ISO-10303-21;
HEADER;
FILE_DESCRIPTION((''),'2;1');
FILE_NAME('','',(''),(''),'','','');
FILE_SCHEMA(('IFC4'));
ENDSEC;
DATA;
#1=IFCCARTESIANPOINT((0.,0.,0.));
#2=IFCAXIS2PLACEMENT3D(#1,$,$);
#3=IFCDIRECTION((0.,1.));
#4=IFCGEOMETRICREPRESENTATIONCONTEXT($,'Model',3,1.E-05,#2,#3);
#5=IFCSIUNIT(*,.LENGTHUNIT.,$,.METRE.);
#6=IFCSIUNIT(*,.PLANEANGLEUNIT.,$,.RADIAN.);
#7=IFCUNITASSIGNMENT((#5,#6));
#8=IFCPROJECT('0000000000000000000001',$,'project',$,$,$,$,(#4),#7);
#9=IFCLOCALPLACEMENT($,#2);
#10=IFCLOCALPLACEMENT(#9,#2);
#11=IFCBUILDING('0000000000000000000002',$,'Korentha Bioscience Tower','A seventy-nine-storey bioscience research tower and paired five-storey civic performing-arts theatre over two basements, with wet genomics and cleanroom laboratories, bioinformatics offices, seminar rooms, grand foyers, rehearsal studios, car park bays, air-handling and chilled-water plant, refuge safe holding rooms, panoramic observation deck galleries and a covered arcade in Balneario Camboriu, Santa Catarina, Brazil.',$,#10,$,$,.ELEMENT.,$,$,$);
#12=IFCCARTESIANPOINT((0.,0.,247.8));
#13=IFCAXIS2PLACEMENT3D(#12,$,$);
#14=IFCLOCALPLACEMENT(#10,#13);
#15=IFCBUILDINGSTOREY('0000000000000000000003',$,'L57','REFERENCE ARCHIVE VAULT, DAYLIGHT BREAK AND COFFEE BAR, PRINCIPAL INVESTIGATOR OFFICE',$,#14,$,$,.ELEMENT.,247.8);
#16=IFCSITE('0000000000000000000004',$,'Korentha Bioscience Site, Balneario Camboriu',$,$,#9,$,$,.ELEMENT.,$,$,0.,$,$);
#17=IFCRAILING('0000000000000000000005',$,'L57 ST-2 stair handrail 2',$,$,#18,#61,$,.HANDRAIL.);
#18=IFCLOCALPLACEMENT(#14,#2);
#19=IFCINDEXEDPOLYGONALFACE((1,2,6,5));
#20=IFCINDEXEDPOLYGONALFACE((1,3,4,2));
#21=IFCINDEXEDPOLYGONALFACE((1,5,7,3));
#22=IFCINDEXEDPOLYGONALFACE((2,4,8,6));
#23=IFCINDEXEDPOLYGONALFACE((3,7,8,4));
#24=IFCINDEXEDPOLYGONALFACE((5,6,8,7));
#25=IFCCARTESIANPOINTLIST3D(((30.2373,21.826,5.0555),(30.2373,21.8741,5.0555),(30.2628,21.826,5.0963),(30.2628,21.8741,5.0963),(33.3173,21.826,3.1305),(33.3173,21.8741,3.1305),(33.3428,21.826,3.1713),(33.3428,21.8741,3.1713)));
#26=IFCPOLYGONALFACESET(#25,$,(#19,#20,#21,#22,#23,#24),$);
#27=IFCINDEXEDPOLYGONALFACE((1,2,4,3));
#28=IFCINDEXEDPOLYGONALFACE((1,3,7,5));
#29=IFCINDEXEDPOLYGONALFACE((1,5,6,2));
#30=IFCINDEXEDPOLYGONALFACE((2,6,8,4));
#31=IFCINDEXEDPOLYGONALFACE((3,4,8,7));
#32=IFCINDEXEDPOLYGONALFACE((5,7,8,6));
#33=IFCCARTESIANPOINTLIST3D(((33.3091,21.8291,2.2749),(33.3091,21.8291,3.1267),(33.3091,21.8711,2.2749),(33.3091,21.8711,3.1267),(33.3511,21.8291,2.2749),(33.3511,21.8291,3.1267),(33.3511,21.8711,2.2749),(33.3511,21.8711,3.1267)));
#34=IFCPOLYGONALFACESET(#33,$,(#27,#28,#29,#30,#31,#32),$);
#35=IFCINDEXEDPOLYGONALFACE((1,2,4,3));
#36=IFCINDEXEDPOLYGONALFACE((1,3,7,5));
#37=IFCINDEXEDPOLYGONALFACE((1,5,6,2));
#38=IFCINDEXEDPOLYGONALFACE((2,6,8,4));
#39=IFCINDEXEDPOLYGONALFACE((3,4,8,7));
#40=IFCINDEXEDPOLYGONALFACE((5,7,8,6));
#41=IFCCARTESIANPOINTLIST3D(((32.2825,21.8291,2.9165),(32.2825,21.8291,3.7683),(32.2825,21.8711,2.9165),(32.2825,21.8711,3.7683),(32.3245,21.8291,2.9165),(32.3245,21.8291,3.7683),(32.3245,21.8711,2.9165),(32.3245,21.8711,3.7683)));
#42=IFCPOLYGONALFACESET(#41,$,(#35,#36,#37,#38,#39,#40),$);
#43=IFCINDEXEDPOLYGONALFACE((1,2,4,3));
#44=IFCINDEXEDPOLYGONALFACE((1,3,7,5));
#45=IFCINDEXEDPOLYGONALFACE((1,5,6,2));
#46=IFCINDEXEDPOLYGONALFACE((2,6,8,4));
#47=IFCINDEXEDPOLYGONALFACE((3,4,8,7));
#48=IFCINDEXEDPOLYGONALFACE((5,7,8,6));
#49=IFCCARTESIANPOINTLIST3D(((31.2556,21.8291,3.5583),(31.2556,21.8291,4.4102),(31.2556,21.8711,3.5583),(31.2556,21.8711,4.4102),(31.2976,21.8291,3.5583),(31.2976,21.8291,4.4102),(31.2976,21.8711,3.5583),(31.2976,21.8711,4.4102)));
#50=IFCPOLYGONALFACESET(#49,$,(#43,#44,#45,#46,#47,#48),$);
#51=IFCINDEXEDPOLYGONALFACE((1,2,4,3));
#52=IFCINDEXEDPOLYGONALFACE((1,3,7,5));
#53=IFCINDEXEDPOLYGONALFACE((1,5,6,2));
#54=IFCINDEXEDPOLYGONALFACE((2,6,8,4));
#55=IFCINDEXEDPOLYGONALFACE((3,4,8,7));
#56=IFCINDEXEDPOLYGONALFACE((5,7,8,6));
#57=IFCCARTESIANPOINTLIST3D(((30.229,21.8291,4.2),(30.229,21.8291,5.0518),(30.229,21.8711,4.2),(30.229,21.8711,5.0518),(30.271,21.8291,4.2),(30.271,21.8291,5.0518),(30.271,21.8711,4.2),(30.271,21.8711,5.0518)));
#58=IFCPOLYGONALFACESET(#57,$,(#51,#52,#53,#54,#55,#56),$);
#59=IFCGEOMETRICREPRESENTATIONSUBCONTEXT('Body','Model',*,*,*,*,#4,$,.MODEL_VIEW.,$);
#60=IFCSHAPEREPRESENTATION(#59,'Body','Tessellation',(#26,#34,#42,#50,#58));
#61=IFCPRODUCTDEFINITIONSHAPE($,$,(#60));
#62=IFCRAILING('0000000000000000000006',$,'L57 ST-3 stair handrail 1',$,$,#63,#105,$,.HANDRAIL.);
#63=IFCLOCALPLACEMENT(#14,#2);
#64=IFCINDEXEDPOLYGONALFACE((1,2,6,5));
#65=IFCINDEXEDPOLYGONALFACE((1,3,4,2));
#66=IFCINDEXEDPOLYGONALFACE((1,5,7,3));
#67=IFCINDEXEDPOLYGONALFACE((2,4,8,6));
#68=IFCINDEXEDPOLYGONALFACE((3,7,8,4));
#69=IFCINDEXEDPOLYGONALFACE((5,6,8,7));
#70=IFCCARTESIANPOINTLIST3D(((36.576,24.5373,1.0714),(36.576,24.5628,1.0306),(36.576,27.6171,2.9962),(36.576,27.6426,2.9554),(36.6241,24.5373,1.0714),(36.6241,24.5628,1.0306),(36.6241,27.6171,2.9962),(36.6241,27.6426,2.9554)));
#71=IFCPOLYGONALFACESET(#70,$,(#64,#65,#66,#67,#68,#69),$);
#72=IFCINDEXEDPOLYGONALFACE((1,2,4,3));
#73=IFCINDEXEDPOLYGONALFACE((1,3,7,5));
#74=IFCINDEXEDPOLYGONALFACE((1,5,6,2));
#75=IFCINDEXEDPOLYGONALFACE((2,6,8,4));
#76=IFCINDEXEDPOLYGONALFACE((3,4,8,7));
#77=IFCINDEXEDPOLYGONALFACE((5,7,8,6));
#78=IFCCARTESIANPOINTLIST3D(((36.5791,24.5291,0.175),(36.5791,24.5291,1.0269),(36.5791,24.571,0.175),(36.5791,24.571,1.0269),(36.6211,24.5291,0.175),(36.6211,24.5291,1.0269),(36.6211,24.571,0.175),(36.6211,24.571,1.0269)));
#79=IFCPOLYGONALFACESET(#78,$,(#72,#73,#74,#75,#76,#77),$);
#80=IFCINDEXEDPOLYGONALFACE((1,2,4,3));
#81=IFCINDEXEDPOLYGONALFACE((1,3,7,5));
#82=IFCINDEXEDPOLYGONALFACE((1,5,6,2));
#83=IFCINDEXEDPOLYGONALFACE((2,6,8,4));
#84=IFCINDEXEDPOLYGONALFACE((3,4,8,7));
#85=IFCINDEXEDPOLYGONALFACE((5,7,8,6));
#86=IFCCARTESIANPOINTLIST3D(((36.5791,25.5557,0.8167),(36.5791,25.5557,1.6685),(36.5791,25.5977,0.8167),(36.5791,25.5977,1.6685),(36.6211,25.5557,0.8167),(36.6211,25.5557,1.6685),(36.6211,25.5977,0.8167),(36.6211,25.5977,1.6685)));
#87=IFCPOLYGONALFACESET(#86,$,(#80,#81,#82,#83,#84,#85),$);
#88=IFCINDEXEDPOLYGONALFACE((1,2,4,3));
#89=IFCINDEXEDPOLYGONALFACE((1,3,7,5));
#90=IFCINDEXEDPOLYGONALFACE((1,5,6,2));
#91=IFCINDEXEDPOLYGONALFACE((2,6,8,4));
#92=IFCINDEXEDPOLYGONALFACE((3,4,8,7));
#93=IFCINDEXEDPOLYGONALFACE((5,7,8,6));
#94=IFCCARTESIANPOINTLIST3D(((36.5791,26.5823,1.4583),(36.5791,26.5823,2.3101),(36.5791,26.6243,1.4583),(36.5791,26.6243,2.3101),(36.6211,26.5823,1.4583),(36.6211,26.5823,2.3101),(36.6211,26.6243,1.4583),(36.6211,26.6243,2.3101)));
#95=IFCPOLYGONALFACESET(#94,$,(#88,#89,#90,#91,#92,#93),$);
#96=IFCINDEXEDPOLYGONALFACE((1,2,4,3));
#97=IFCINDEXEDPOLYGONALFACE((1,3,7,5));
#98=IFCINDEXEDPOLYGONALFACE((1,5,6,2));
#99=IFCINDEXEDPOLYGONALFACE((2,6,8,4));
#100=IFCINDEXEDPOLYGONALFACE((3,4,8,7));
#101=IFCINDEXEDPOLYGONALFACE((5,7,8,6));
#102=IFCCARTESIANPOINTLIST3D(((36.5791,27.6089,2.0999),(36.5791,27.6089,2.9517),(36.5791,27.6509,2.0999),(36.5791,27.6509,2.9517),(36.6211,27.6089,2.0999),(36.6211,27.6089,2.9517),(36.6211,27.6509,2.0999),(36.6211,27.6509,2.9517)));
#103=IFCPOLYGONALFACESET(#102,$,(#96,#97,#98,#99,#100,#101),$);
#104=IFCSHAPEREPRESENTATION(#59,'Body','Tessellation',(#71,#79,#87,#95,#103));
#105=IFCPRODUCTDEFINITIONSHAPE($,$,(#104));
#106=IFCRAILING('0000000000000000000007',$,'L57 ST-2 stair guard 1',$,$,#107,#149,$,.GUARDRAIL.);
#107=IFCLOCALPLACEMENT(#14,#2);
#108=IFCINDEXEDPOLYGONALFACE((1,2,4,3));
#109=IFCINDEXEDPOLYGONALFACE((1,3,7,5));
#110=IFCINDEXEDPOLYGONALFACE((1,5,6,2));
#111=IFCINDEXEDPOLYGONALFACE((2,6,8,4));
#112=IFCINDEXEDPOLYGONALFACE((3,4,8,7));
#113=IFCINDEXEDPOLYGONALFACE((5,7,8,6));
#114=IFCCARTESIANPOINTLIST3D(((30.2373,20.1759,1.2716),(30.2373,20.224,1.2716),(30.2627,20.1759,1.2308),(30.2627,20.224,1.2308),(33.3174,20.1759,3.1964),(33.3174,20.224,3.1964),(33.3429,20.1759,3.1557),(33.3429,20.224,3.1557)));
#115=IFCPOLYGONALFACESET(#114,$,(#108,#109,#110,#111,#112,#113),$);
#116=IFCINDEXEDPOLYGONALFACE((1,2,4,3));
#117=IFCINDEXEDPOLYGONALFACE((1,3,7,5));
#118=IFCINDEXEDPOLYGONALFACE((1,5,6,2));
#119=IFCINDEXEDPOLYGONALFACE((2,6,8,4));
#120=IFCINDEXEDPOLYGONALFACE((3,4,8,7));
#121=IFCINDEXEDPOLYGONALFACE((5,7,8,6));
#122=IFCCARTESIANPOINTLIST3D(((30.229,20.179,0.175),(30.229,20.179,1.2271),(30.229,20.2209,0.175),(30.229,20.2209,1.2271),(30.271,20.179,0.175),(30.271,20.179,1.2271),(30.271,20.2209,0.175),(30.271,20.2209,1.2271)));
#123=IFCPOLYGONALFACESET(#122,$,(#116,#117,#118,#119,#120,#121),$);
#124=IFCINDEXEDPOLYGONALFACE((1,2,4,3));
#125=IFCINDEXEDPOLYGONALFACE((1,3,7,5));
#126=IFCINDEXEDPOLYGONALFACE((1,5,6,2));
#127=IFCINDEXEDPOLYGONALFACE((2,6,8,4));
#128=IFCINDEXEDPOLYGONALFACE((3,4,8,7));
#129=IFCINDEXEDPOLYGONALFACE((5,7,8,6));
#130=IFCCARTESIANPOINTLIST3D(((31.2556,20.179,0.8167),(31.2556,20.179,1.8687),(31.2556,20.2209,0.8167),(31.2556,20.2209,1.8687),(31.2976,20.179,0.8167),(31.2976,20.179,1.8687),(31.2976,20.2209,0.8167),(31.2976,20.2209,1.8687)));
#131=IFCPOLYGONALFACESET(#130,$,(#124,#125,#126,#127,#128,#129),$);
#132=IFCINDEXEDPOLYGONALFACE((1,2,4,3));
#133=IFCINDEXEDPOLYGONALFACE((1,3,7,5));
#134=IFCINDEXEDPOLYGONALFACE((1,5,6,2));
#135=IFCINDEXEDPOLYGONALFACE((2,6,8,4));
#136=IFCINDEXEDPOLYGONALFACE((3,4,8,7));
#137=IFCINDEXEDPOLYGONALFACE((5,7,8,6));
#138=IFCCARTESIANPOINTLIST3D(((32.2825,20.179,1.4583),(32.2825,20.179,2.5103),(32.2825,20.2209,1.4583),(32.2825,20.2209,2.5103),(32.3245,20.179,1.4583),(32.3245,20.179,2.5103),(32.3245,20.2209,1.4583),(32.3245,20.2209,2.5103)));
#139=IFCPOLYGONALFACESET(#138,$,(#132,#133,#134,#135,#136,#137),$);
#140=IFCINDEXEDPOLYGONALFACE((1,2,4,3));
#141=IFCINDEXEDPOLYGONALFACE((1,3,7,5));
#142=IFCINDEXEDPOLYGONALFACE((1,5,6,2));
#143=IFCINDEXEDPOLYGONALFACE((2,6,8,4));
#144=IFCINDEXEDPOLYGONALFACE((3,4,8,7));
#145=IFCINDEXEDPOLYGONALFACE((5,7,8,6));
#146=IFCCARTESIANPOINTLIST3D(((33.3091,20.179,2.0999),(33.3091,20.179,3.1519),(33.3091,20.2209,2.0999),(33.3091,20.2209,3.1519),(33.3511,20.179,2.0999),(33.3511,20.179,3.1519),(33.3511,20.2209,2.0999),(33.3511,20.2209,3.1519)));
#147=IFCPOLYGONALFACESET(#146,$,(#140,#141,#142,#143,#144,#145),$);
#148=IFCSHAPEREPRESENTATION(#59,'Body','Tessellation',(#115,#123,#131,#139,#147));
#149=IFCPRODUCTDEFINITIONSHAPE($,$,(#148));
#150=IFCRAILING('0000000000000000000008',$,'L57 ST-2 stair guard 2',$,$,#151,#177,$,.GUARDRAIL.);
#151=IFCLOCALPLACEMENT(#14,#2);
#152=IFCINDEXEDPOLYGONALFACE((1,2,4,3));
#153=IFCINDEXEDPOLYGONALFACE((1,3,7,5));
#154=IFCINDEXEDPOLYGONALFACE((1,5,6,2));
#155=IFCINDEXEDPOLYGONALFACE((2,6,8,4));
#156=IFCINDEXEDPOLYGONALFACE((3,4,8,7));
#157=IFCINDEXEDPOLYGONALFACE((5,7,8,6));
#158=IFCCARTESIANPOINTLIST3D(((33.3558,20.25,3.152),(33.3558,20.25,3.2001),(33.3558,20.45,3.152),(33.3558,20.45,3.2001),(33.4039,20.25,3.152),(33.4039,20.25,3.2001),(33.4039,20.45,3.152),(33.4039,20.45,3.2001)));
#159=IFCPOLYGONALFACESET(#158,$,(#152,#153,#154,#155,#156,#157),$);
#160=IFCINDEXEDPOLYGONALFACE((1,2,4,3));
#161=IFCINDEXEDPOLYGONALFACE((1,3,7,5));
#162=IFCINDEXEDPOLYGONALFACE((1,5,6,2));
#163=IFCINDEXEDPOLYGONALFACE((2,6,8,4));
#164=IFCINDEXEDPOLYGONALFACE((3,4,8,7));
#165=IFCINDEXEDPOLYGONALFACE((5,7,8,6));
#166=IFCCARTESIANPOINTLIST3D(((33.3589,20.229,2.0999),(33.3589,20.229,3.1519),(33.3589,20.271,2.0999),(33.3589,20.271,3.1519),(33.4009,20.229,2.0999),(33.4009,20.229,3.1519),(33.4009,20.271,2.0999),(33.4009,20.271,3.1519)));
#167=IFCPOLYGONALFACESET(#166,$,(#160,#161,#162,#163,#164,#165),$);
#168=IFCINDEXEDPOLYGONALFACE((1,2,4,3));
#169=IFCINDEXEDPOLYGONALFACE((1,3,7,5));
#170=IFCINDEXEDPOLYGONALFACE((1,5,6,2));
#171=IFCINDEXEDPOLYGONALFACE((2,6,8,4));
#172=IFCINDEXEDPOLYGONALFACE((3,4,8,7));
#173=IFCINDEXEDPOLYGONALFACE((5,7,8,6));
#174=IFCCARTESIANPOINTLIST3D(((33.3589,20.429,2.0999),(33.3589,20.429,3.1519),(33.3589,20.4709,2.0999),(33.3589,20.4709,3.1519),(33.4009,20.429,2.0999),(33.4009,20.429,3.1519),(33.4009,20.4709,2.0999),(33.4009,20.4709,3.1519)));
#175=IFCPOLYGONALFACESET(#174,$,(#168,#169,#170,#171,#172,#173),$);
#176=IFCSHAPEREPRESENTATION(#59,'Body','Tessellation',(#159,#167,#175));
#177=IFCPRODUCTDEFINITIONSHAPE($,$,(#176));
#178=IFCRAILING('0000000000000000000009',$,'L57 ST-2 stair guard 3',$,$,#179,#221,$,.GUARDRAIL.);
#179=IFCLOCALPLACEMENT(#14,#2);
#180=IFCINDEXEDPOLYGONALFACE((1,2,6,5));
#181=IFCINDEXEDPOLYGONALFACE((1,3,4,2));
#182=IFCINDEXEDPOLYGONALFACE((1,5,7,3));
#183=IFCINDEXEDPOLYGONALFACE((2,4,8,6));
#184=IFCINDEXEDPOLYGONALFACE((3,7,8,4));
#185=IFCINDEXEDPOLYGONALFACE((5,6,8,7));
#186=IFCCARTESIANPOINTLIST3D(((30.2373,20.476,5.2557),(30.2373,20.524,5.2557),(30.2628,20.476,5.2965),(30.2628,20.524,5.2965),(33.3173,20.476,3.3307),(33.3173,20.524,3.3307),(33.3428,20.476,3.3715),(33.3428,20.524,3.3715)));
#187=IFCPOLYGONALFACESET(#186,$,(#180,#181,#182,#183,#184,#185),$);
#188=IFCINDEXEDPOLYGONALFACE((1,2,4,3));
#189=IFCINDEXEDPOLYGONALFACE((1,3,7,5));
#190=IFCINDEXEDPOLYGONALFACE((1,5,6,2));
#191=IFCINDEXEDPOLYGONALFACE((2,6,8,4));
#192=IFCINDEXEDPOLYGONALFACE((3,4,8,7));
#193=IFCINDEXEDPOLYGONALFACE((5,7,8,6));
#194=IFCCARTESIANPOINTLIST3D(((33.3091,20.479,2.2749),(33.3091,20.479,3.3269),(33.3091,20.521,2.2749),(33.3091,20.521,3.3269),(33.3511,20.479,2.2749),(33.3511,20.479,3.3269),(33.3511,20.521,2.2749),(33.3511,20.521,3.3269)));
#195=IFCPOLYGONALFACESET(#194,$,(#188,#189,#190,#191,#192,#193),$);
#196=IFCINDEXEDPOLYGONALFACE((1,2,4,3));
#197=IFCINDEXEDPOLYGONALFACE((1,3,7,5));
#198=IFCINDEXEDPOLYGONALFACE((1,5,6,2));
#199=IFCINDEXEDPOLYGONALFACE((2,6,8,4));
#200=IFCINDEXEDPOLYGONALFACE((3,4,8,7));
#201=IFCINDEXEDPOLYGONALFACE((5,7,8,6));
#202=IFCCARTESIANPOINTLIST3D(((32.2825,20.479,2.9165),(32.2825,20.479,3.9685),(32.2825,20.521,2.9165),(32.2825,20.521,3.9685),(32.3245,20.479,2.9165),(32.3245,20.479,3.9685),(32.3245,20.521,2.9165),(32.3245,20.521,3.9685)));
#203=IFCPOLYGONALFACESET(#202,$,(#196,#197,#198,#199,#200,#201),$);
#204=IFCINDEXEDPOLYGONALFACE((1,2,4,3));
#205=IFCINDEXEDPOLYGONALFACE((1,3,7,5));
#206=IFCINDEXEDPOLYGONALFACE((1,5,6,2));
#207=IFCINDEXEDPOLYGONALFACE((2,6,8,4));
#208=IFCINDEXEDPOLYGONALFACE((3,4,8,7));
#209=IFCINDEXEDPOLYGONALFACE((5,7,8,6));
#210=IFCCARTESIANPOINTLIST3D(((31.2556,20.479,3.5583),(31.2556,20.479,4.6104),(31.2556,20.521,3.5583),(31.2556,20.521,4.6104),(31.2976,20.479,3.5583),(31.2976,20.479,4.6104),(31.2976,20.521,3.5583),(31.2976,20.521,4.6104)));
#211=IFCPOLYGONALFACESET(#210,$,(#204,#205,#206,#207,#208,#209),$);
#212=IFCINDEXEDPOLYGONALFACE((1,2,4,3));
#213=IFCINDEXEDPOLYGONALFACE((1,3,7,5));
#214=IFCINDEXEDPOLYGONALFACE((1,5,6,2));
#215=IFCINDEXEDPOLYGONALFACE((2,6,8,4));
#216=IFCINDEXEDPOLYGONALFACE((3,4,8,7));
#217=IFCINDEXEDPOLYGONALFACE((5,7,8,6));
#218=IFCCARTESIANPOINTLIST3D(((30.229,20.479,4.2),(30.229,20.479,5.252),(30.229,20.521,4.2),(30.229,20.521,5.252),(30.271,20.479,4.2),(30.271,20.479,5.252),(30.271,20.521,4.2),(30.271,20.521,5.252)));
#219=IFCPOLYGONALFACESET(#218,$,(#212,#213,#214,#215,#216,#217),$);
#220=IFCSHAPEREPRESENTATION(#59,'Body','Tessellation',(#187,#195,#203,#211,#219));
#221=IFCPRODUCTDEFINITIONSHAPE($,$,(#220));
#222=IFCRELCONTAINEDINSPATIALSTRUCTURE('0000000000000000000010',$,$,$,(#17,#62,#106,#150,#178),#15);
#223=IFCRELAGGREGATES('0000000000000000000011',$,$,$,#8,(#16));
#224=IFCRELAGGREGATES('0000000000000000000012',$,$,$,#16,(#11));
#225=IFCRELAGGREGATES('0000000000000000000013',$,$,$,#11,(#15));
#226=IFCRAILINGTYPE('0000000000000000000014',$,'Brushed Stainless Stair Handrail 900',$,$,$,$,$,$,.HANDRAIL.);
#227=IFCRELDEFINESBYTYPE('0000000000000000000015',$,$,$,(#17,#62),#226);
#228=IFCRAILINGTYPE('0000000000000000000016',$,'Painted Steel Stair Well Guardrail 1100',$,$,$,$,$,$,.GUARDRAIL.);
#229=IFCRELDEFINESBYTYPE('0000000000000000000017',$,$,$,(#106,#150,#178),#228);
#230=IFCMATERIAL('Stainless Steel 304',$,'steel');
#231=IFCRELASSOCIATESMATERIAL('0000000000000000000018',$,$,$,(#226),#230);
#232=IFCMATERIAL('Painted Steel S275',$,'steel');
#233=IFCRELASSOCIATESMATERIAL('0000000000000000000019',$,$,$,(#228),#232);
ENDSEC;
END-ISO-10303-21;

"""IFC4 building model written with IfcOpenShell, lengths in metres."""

from ifc_helpers import new_model, si_unit, direction, frame, origin, origin_2d, place, context, subcontext, project, spatial, rectangle, extrude, material, type_object, element, save


model = new_model("IFC4")

# Units and contexts
model_context = context("Model", 3, precision=1e-05, world=origin(), true_north=direction((0.0, 1.0)))
body_context = subcontext(model_context, "Body", "Model", "MODEL_VIEW")
ifc_project = project(units=[si_unit("LENGTHUNIT", "METRE"), si_unit("PLANEANGLEUNIT", "RADIAN")], contexts=[model_context])

# Site, building, storey
site_placement = place(None, origin())
site = spatial("IfcSite", under=ifc_project, at=site_placement, Name="Korentha Bioscience Site, Balneario Camboriu", CompositionType="ELEMENT", RefElevation=0.0)
building_placement = place(site_placement, origin())
building = spatial("IfcBuilding", under=site, at=building_placement, Name="Korentha Bioscience Tower", Description="A seventy-nine-storey bioscience research tower and paired five-storey civic performing-arts theatre over two basements, with wet genomics and cleanroom laboratories, bioinformatics offices, seminar rooms, grand foyers, rehearsal studios, car park bays, air-handling and chilled-water plant, refuge safe holding rooms, panoramic observation deck galleries and a covered arcade in Balneario Camboriu, Santa Catarina, Brazil.", CompositionType="ELEMENT")
storey_placement = place(building_placement, frame((0.0, 0.0, 247.8)))
storey = spatial("IfcBuildingStorey", under=building, at=storey_placement, Name="L57", Description="REFERENCE ARCHIVE VAULT, DAYLIGHT BREAK AND COFFEE BAR, PRINCIPAL INVESTIGATOR OFFICE", CompositionType="ELEMENT", Elevation=247.8)

# Railings
ifc_material_1 = material(Name="Stainless Steel 304", Category="steel")
railing_type_1 = type_object("IfcRailingType", Name="Brushed Stainless Stair Handrail 900", PredefinedType="HANDRAIL", material=ifc_material_1)
railing_1_placement = place(storey_placement, frame((33.3301, 21.8501, 2.2749)))
element("IfcRailing", 1, at=railing_1_placement, inside=storey, type_object=railing_type_1, Name="L57 ST-2 stair handrail 2", PredefinedType="HANDRAIL", context=body_context, shape_type="SweptSolid", body=[
    extrude(rectangle(XDim=0.0481, YDim=0.0481, at=origin_2d()), frame((0.0, 0.0, 0.876), z_axis=(-0.847998, 0.0, 0.529999), x_axis=(0.0, -1.0, 0.0)), (0.0, 0.0, 1.0), 3.6321),
    extrude(rectangle(XDim=0.042, YDim=0.042, at=origin_2d()), origin(), (0.0, 0.0, 1.0), 0.8518),
    extrude(rectangle(XDim=0.042, YDim=0.042, at=origin_2d()), frame((-1.0266, 0.0, 0.6416)), (0.0, 0.0, 1.0), 0.8518),
    extrude(rectangle(XDim=0.042, YDim=0.042, at=origin_2d()), frame((-2.0535, 0.0, 1.2834)), (0.0, 0.0, 1.0), 0.8518),
    extrude(rectangle(XDim=0.042, YDim=0.042, at=origin_2d()), frame((-3.0801, 0.0, 1.925)), (0.0, 0.0, 1.0), 0.8518),
])
railing_2_placement = place(storey_placement, frame((36.6001, 24.55, 0.175)))
element("IfcRailing", 2, at=railing_2_placement, inside=storey, type_object=railing_type_1, Name="L57 ST-3 stair handrail 1", PredefinedType="HANDRAIL", context=body_context, shape_type="SweptSolid", body=[
    extrude(rectangle(XDim=0.0481, YDim=0.0481, at=origin_2d()), frame((0.0, 0.0, 0.876), z_axis=(0.0, 0.84801, 0.529981), x_axis=(-1.0, 0.0, 0.0)), (0.0, 0.0, 1.0), 3.6318),
    extrude(rectangle(XDim=0.042, YDim=0.042, at=origin_2d()), origin(), (0.0, 0.0, 1.0), 0.8518),
    extrude(rectangle(XDim=0.042, YDim=0.042, at=origin_2d()), frame((0.0, 1.0266, 0.6416)), (0.0, 0.0, 1.0), 0.8518),
    extrude(rectangle(XDim=0.042, YDim=0.042, at=origin_2d()), frame((0.0, 2.0532, 1.2832)), (0.0, 0.0, 1.0), 0.8518),
    extrude(rectangle(XDim=0.042, YDim=0.042, at=origin_2d()), frame((0.0, 3.0798, 1.9248)), (0.0, 0.0, 1.0), 0.8518),
])
ifc_material_2 = material(Name="Painted Steel S275", Category="steel")
railing_type_2 = type_object("IfcRailingType", Name="Painted Steel Stair Well Guardrail 1100", PredefinedType="GUARDRAIL", material=ifc_material_2)
railing_3_placement = place(storey_placement, frame((30.25, 20.2, 0.175)))
element("IfcRailing", 3, at=railing_3_placement, inside=storey, type_object=railing_type_2, Name="L57 ST-2 stair guard 1", PredefinedType="GUARDRAIL", context=body_context, shape_type="SweptSolid", body=[
    extrude(rectangle(XDim=0.0481, YDim=0.0481, at=origin_2d()), frame((0.0, 0.0, 1.0762), z_axis=(0.848029, 0.0, 0.529951), x_axis=(0.0, 1.0, 0.0)), (0.0, 0.0, 1.0), 3.6321),
    extrude(rectangle(XDim=0.042, YDim=0.042, at=origin_2d()), origin(), (0.0, 0.0, 1.0), 1.052),
    extrude(rectangle(XDim=0.042, YDim=0.042, at=origin_2d()), frame((1.0266, 0.0, 0.6416)), (0.0, 0.0, 1.0), 1.052),
    extrude(rectangle(XDim=0.042, YDim=0.042, at=origin_2d()), frame((2.0535, 0.0, 1.2832)), (0.0, 0.0, 1.0), 1.052),
    extrude(rectangle(XDim=0.042, YDim=0.042, at=origin_2d()), frame((3.0801, 0.0, 1.9248)), (0.0, 0.0, 1.0), 1.052),
])
railing_4_placement = place(storey_placement, frame((33.3799, 20.25, 2.0999)))
element("IfcRailing", 4, at=railing_4_placement, inside=storey, type_object=railing_type_2, Name="L57 ST-2 stair guard 2", PredefinedType="GUARDRAIL", context=body_context, shape_type="SweptSolid", body=[
    extrude(rectangle(XDim=0.0481, YDim=0.0481, at=origin_2d()), frame((0.0, 0.0, 1.0762), z_axis=(0.0, 1.0, 0.0), x_axis=(-1.0, 0.0, 0.0)), (0.0, 0.0, 1.0), 0.2),
    extrude(rectangle(XDim=0.042, YDim=0.042, at=origin_2d()), origin(), (0.0, 0.0, 1.0), 1.052),
    extrude(rectangle(XDim=0.042, YDim=0.042, at=origin_2d()), frame((0.0, 0.2, 0.0)), (0.0, 0.0, 1.0), 1.052),
])
railing_5_placement = place(storey_placement, frame((33.3301, 20.5, 2.2749)))
element("IfcRailing", 5, at=railing_5_placement, inside=storey, type_object=railing_type_2, Name="L57 ST-2 stair guard 3", PredefinedType="GUARDRAIL", context=body_context, shape_type="SweptSolid", body=[
    extrude(rectangle(XDim=0.0481, YDim=0.0481, at=origin_2d()), frame((0.0, 0.0, 1.0762), z_axis=(-0.847998, 0.0, 0.529999), x_axis=(0.0, -1.0, 0.0)), (0.0, 0.0, 1.0), 3.6321),
    extrude(rectangle(XDim=0.042, YDim=0.042, at=origin_2d()), origin(), (0.0, 0.0, 1.0), 1.052),
    extrude(rectangle(XDim=0.042, YDim=0.042, at=origin_2d()), frame((-1.0266, 0.0, 0.6416)), (0.0, 0.0, 1.0), 1.052),
    extrude(rectangle(XDim=0.042, YDim=0.042, at=origin_2d()), frame((-2.0535, 0.0, 1.2834)), (0.0, 0.0, 1.0), 1.052),
    extrude(rectangle(XDim=0.042, YDim=0.042, at=origin_2d()), frame((-3.0801, 0.0, 1.925)), (0.0, 0.0, 1.0), 1.052),
])

save(model, "model.ifc")
